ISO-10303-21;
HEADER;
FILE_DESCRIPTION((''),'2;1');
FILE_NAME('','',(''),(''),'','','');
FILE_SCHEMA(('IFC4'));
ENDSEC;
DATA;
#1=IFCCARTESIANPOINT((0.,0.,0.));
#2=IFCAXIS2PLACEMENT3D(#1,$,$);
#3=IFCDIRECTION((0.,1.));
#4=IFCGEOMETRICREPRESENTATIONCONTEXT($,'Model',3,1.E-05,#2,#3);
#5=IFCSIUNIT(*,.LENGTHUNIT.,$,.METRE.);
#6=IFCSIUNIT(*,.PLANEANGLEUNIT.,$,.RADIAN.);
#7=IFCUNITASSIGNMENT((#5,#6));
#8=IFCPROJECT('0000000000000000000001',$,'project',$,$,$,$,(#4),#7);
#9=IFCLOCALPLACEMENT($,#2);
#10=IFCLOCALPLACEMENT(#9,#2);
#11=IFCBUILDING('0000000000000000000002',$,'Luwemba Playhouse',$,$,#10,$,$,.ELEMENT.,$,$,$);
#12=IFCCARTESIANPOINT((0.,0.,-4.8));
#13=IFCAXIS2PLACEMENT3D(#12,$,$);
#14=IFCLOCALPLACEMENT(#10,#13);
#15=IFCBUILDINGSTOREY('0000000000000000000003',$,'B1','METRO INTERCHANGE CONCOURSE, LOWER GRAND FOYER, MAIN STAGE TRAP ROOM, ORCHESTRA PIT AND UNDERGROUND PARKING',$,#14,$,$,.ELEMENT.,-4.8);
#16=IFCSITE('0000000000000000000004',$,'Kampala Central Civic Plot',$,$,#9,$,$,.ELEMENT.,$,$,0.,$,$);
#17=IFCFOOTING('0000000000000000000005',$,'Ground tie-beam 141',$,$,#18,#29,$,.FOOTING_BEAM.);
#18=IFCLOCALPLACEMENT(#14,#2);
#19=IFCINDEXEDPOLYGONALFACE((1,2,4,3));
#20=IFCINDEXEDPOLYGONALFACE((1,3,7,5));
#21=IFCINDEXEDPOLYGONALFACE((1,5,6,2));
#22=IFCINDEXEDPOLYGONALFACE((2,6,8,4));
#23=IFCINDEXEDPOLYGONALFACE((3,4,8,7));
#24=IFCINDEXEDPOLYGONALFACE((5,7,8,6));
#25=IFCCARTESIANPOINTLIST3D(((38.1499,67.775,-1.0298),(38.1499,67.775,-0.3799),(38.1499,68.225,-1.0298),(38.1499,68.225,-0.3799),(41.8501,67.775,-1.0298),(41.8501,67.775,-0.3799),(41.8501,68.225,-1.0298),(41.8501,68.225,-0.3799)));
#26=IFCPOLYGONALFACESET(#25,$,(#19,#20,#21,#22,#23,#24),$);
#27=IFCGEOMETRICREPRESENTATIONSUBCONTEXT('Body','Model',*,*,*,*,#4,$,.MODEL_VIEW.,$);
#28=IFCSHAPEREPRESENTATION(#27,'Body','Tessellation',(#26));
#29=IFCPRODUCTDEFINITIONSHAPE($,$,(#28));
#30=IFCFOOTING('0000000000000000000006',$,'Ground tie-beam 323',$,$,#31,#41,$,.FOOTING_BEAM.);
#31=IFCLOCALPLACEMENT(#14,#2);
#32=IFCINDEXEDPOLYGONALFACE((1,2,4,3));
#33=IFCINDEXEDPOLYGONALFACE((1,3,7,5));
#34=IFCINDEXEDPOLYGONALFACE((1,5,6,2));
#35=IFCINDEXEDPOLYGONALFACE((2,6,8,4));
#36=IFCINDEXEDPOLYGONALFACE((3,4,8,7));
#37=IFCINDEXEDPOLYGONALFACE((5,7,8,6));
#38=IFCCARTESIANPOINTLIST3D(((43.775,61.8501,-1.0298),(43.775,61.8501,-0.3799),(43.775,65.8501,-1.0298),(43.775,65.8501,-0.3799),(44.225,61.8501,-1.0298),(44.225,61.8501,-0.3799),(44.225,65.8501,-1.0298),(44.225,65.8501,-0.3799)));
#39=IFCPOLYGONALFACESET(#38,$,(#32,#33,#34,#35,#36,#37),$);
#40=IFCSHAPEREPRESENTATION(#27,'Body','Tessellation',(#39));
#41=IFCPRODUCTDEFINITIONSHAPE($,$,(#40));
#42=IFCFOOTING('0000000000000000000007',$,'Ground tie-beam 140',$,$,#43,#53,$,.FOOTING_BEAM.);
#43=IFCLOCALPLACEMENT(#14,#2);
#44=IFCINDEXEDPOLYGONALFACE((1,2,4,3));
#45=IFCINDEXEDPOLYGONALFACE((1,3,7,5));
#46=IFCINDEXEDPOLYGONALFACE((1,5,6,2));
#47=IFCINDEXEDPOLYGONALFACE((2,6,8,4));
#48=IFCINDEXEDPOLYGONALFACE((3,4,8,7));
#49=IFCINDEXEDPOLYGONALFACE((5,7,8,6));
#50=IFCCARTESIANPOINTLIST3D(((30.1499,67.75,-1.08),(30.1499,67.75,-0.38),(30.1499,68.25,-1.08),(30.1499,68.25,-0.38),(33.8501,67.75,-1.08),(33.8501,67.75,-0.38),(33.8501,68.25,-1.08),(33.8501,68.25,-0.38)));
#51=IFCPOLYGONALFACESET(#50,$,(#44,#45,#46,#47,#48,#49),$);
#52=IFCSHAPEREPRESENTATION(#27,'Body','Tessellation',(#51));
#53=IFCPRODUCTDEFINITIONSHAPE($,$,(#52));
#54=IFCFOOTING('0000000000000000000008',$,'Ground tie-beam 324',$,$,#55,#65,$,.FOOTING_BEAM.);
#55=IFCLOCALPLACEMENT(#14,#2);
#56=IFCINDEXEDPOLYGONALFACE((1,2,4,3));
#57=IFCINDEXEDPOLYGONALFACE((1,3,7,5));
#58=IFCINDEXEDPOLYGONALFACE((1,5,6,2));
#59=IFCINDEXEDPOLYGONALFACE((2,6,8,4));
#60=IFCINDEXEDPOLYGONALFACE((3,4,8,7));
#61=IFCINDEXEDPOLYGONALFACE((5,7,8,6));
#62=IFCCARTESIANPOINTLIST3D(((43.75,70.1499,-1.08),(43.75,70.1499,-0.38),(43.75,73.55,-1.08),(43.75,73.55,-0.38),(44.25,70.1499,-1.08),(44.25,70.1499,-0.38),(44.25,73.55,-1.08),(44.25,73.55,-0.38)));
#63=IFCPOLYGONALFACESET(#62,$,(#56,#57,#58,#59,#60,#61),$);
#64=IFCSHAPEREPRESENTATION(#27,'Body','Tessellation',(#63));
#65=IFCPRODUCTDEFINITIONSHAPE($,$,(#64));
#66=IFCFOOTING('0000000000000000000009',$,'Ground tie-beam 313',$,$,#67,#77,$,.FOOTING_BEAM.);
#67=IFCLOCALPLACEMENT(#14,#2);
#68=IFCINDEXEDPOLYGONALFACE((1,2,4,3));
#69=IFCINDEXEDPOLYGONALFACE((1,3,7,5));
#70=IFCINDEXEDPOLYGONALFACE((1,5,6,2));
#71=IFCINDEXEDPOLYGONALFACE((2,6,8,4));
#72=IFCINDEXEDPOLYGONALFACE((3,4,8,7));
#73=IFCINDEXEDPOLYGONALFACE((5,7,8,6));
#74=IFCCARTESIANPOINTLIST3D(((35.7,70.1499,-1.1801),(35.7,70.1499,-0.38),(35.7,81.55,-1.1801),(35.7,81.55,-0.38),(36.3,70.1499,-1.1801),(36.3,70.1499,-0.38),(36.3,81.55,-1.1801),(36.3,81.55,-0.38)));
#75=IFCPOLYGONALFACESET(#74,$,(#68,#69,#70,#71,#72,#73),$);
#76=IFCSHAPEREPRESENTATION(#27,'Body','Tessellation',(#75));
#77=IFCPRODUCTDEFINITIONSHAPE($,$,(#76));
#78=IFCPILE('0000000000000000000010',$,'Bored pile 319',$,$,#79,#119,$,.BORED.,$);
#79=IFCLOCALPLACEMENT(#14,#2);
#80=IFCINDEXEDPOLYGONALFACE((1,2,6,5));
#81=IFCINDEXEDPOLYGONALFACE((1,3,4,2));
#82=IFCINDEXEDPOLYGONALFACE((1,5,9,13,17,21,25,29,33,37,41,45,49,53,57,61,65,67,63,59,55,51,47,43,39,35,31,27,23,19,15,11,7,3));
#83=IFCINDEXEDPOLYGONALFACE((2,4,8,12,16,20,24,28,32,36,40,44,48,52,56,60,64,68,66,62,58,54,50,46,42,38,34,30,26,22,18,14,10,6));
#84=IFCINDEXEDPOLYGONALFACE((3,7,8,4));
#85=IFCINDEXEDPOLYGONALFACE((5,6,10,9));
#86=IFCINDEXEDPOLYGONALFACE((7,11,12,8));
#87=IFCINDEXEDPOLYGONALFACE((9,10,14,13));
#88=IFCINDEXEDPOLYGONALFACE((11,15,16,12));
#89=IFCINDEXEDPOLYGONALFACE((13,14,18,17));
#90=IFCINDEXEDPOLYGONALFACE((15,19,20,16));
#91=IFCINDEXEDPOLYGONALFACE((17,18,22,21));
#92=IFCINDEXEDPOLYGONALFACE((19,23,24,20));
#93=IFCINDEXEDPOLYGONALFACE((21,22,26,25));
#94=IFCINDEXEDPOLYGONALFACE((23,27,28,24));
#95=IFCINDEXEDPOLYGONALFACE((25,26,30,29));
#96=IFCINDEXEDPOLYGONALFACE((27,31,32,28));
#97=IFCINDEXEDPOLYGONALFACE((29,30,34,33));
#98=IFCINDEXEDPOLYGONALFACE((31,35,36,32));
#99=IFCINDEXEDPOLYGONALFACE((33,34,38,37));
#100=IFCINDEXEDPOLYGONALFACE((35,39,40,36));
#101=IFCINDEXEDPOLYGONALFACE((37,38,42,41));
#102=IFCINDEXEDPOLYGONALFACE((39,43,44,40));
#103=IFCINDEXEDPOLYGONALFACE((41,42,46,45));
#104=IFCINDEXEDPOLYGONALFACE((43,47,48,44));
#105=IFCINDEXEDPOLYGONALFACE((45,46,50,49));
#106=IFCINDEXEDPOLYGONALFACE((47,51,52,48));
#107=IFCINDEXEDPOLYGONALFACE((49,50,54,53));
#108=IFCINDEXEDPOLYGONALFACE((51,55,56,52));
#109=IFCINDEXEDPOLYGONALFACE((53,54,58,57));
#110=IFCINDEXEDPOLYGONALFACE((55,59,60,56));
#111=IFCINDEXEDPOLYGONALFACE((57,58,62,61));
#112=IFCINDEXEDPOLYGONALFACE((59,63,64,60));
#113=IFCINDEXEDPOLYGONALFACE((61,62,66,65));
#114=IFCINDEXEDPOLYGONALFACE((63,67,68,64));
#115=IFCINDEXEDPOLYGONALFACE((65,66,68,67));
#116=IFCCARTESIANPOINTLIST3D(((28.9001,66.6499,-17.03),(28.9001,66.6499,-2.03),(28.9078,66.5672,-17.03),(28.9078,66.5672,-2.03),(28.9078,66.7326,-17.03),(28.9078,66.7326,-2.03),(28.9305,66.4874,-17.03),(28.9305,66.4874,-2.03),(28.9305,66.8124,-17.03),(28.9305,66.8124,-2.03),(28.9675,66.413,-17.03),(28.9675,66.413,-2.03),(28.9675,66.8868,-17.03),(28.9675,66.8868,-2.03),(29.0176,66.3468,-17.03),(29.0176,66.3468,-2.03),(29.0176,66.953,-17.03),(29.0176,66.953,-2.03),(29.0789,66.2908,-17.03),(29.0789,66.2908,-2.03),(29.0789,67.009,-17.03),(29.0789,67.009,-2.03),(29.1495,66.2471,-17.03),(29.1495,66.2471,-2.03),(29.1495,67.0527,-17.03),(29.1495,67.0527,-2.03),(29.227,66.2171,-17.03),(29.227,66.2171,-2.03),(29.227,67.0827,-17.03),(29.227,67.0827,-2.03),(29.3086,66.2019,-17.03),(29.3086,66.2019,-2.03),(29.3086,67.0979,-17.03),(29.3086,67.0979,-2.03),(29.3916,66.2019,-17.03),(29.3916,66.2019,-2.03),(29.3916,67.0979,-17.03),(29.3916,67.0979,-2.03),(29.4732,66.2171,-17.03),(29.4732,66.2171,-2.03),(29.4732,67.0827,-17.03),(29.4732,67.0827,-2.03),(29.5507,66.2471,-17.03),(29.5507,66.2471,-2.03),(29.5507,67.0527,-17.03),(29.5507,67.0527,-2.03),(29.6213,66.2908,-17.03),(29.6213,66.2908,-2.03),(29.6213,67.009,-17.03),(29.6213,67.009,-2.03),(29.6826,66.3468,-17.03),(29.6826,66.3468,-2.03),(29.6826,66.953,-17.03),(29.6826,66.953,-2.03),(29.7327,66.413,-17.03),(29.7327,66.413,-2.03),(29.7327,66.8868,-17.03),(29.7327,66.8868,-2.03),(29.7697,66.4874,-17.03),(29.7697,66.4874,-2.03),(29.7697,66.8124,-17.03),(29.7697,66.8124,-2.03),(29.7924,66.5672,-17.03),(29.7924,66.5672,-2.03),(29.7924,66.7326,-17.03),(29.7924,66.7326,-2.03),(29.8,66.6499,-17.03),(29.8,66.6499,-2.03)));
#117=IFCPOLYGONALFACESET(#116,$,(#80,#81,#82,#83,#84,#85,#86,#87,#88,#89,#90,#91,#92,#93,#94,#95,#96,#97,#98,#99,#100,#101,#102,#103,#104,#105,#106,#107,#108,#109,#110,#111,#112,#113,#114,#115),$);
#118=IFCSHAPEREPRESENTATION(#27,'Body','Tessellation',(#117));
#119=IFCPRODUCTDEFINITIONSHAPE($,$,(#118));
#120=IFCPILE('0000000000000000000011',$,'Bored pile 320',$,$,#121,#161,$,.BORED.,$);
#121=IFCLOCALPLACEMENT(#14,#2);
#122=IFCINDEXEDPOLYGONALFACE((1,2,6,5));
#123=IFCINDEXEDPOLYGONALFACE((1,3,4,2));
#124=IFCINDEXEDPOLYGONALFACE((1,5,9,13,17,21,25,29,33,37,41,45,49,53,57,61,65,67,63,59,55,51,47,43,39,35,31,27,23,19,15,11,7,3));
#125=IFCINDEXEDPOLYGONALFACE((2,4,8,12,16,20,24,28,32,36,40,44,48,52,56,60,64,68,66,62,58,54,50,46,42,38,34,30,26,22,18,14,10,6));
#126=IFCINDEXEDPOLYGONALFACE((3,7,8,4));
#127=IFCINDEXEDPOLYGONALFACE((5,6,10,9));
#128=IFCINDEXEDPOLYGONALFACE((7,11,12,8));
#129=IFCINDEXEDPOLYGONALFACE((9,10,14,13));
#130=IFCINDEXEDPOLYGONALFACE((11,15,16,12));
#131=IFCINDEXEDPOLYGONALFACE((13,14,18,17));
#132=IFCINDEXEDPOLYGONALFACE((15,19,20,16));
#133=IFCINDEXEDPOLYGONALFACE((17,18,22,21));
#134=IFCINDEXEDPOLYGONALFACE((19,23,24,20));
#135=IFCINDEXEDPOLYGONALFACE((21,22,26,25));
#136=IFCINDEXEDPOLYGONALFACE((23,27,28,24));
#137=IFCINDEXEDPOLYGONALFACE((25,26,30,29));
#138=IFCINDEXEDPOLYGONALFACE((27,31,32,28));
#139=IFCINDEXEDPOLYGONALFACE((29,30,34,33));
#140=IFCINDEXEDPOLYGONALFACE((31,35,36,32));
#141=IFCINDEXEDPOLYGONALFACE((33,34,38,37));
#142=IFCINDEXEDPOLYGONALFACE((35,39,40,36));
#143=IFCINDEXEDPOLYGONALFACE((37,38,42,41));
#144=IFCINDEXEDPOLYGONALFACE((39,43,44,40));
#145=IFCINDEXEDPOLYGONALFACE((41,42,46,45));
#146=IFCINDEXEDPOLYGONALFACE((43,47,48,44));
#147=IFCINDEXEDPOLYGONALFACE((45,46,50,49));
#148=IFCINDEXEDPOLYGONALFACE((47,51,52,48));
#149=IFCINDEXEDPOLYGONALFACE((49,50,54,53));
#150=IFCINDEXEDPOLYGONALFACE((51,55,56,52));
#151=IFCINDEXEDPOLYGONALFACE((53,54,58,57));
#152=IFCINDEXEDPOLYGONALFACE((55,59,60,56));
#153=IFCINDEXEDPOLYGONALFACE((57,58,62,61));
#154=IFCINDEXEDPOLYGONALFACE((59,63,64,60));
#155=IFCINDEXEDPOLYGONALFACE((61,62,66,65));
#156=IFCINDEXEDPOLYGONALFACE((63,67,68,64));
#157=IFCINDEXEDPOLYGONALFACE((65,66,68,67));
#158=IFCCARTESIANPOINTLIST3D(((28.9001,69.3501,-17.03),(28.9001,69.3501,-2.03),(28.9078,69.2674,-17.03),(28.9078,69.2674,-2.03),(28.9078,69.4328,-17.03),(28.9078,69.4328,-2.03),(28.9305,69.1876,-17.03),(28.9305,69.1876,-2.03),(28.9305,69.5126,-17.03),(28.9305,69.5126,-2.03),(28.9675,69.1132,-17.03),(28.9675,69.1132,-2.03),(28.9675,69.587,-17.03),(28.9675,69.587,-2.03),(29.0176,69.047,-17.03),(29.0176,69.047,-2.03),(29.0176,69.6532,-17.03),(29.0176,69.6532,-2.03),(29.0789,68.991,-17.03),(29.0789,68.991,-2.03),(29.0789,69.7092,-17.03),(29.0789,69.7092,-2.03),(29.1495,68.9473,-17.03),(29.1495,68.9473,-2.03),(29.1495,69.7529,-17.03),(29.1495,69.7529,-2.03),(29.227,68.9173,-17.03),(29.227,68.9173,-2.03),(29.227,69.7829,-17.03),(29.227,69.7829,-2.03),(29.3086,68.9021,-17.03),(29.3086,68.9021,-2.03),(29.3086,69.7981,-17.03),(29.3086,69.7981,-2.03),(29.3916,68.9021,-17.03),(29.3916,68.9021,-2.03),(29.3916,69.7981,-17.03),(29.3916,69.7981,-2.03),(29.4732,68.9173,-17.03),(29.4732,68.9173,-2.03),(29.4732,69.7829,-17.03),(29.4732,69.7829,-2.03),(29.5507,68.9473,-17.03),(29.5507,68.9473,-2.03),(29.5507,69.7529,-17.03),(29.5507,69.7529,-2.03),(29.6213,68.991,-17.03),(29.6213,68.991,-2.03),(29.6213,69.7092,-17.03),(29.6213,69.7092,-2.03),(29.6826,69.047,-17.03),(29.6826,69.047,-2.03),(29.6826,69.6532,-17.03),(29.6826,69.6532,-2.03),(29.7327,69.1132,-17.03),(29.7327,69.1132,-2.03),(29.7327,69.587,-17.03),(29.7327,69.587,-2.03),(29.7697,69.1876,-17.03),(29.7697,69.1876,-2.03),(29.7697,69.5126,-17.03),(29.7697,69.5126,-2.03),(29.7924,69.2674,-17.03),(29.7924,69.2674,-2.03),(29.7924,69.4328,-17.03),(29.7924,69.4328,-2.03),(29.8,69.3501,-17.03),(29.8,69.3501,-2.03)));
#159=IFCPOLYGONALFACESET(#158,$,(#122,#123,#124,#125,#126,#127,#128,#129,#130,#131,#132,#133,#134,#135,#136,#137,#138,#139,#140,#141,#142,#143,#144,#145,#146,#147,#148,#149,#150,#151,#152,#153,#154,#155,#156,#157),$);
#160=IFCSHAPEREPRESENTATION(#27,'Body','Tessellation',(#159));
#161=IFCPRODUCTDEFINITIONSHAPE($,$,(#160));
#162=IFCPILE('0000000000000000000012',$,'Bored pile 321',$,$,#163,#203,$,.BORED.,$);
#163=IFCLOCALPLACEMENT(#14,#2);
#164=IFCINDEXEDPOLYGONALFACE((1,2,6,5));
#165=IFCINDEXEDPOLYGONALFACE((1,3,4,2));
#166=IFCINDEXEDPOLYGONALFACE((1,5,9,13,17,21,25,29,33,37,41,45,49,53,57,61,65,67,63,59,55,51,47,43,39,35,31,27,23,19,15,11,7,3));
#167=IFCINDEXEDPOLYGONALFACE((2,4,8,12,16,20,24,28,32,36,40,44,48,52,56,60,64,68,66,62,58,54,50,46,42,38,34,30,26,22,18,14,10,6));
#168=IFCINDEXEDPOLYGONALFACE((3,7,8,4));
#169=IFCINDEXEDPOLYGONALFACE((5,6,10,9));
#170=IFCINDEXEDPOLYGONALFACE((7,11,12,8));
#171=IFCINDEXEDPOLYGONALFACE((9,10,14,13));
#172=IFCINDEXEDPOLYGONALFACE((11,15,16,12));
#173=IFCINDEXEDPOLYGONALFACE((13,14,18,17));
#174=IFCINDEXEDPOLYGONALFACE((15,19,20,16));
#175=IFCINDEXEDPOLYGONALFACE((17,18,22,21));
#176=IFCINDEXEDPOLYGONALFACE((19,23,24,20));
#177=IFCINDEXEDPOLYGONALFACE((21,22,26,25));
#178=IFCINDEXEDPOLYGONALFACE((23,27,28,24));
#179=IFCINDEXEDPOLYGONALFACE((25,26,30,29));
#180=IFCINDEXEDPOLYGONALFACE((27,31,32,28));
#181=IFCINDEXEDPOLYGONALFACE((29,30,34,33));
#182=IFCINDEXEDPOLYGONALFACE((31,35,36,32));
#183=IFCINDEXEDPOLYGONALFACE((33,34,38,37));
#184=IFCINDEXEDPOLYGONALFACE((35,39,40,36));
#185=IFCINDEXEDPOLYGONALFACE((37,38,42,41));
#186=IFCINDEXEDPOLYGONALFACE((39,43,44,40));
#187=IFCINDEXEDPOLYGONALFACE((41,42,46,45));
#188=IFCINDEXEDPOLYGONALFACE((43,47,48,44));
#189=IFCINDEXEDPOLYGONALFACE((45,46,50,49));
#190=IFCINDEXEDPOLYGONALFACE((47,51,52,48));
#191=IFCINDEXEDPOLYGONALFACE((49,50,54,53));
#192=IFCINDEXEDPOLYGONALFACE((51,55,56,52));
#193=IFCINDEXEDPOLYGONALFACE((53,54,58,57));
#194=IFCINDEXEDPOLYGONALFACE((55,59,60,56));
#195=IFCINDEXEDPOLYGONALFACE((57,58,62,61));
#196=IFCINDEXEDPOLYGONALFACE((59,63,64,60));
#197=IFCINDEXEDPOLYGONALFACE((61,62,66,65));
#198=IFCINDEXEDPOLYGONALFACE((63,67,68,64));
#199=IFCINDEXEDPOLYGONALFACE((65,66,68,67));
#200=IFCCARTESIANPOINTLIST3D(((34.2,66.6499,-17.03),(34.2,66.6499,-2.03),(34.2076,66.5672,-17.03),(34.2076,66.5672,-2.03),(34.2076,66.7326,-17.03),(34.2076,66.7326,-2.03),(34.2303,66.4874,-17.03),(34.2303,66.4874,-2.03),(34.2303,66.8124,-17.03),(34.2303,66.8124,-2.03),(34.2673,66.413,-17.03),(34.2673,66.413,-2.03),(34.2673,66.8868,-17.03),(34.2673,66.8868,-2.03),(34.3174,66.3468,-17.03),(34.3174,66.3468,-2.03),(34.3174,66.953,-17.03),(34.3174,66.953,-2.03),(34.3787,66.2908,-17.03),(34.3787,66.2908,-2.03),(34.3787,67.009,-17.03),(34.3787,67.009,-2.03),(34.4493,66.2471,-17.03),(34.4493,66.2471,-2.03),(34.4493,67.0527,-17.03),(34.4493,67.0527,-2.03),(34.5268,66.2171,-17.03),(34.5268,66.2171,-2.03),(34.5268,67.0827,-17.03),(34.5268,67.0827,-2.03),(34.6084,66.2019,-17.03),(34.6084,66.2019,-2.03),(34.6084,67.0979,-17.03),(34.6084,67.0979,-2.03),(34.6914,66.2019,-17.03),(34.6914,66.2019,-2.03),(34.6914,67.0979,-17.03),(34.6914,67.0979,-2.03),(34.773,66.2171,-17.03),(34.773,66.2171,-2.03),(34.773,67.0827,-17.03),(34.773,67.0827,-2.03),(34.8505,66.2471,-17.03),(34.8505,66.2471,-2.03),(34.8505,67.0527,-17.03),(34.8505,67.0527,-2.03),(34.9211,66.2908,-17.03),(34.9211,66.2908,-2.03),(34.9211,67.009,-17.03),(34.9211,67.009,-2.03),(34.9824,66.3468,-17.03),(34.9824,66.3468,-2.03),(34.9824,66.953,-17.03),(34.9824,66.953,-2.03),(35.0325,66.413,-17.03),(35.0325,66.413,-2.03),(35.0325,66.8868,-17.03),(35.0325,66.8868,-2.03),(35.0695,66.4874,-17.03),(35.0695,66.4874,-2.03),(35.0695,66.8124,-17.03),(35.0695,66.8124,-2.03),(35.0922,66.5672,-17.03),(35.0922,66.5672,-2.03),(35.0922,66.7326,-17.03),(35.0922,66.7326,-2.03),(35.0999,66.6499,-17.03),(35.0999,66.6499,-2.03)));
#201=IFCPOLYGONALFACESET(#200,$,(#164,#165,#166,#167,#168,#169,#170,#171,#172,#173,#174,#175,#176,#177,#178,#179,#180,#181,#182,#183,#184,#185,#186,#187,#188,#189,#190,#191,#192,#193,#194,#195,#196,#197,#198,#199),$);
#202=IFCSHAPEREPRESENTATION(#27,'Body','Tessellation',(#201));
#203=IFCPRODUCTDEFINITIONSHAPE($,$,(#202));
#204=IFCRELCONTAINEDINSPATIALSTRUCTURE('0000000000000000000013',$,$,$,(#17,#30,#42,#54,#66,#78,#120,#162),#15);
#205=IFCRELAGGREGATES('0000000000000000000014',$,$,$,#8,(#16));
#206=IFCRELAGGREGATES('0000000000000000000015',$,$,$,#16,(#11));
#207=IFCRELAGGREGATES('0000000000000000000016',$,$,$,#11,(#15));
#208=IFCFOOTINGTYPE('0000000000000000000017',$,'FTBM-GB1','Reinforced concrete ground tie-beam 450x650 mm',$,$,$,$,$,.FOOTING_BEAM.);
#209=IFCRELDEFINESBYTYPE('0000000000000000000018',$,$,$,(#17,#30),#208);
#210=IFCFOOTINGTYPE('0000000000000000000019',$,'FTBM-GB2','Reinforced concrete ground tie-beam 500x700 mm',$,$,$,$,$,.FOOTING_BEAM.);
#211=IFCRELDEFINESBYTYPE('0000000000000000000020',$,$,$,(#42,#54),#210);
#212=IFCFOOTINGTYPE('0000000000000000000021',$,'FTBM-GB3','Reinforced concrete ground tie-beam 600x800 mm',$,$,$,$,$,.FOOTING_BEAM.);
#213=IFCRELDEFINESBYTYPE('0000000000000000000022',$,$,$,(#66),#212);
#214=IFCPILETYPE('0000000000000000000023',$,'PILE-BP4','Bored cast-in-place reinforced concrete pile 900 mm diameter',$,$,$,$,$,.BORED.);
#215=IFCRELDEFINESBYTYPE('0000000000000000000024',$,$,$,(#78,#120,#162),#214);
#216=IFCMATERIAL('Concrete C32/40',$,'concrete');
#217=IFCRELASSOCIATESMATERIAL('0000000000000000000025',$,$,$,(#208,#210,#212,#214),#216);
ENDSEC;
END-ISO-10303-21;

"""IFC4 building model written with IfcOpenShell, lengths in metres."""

from ifc_helpers import new_model, si_unit, direction, frame, origin, origin_2d, place, context, subcontext, project, spatial, rectangle, circle, extrude, material, material_profile, profile_set, type_object, element, save


model = new_model("IFC4")

# Units and contexts
model_context = context("Model", 3, precision=1e-05, world=origin(), true_north=direction((0.0, 1.0)))
body_context = subcontext(model_context, "Body", "Model", "MODEL_VIEW")
ifc_project = project(units=[si_unit("LENGTHUNIT", "METRE"), si_unit("PLANEANGLEUNIT", "RADIAN")], contexts=[model_context])

# Site, building, storey
site_placement = place(None, origin())
site = spatial("IfcSite", under=ifc_project, at=site_placement, Name="Kampala Central Civic Plot", CompositionType="ELEMENT", RefElevation=0.0)
building_placement = place(site_placement, origin())
building = spatial("IfcBuilding", under=site, at=building_placement, Name="Luwemba Playhouse", CompositionType="ELEMENT")
storey_placement = place(building_placement, frame((0.0, 0.0, -4.8)))
storey = spatial("IfcBuildingStorey", under=building, at=storey_placement, Name="B1", Description="METRO INTERCHANGE CONCOURSE, LOWER GRAND FOYER, MAIN STAGE TRAP ROOM, ORCHESTRA PIT AND UNDERGROUND PARKING", CompositionType="ELEMENT", Elevation=-4.8)

# Footings
ifc_material_1 = material(Name="Concrete C32/40", Category="concrete")
ifc_material_profile_1 = material_profile(ifc_material_1, rectangle(XDim=0.45, YDim=0.6499, at=origin_2d()))
ifc_profile_set_1 = profile_set([ifc_material_profile_1], Name="Concrete C32/40")
footing_type_1 = type_object("IfcFootingType", Name="FTBM-GB1", Description="Reinforced concrete ground tie-beam 450x650 mm", PredefinedType="FOOTING_BEAM", material=ifc_profile_set_1)
footing_1_placement = place(storey_placement, frame((38.1499, 68.0, -0.7048), z_axis=(1.0, 0.0, 0.0), x_axis=(0.0, 1.0, 0.0)))
element("IfcFooting", 1, at=footing_1_placement, inside=storey, type_object=footing_type_1, Name="Ground tie-beam 141", PredefinedType="FOOTING_BEAM", context=body_context, shape_type="SweptSolid", body=[
    extrude(rectangle(XDim=0.45, YDim=0.6499, at=origin_2d()), origin(), (0.0, 0.0, 1.0), 3.7002),
])
footing_2_placement = place(storey_placement, frame((44.0, 61.8501, -0.7048), z_axis=(0.0, 1.0, 0.0), x_axis=(-1.0, 0.0, 0.0)))
element("IfcFooting", 2, at=footing_2_placement, inside=storey, type_object=footing_type_1, Name="Ground tie-beam 323", PredefinedType="FOOTING_BEAM", context=body_context, shape_type="SweptSolid", body=[
    extrude(rectangle(XDim=0.45, YDim=0.6499, at=origin_2d()), origin(), (0.0, 0.0, 1.0), 4.0),
])
ifc_material_profile_2 = material_profile(ifc_material_1, rectangle(XDim=0.5, YDim=0.7, at=origin_2d()))
ifc_profile_set_2 = profile_set([ifc_material_profile_2], Name="Concrete C32/40")
footing_type_2 = type_object("IfcFootingType", Name="FTBM-GB2", Description="Reinforced concrete ground tie-beam 500x700 mm", PredefinedType="FOOTING_BEAM", material=ifc_profile_set_2)
footing_3_placement = place(storey_placement, frame((30.1499, 68.0, -0.73), z_axis=(1.0, 0.0, 0.0), x_axis=(0.0, 1.0, 0.0)))
element("IfcFooting", 3, at=footing_3_placement, inside=storey, type_object=footing_type_2, Name="Ground tie-beam 140", PredefinedType="FOOTING_BEAM", context=body_context, shape_type="SweptSolid", body=[
    extrude(rectangle(XDim=0.5, YDim=0.7, at=origin_2d()), origin(), (0.0, 0.0, 1.0), 3.7002),
])
footing_4_placement = place(storey_placement, frame((44.0, 70.1499, -0.73), z_axis=(0.0, 1.0, 0.0), x_axis=(-1.0, 0.0, 0.0)))
element("IfcFooting", 4, at=footing_4_placement, inside=storey, type_object=footing_type_2, Name="Ground tie-beam 324", PredefinedType="FOOTING_BEAM", context=body_context, shape_type="SweptSolid", body=[
    extrude(rectangle(XDim=0.5, YDim=0.7, at=origin_2d()), origin(), (0.0, 0.0, 1.0), 3.4001),
])
ifc_material_profile_3 = material_profile(ifc_material_1, rectangle(XDim=0.6001, YDim=0.8, at=origin_2d()))
ifc_profile_set_3 = profile_set([ifc_material_profile_3], Name="Concrete C32/40")
footing_type_3 = type_object("IfcFootingType", Name="FTBM-GB3", Description="Reinforced concrete ground tie-beam 600x800 mm", PredefinedType="FOOTING_BEAM", material=ifc_profile_set_3)
footing_5_placement = place(storey_placement, frame((36.0, 70.1499, -0.78), z_axis=(0.0, 1.0, 0.0), x_axis=(-1.0, 0.0, 0.0)))
element("IfcFooting", 5, at=footing_5_placement, inside=storey, type_object=footing_type_3, Name="Ground tie-beam 313", PredefinedType="FOOTING_BEAM", context=body_context, shape_type="SweptSolid", body=[
    extrude(rectangle(XDim=0.6001, YDim=0.8, at=origin_2d()), origin(), (0.0, 0.0, 1.0), 11.4001),
])

# Piles
ifc_material_profile_4 = material_profile(ifc_material_1, circle(Radius=0.45, at=origin_2d()))
ifc_profile_set_4 = profile_set([ifc_material_profile_4], Name="Concrete C32/40")
pile_type_1 = type_object("IfcPileType", Name="PILE-BP4", Description="Bored cast-in-place reinforced concrete pile 900 mm diameter", PredefinedType="BORED", material=ifc_profile_set_4)
for number, where, z_axis, x_axis, name in (
    (6, (29.3501, 66.6499, -2.03), (0.0, 0.0, -1.0), (1.0, 0.0, 0.0), "Bored pile 319"),
    (7, (29.3501, 69.3501, -2.03), (0.0, 0.0, -1.0), (1.0, 0.0, 0.0), "Bored pile 320"),
    (8, (34.6499, 66.6499, -2.03), (0.0, 0.0, -1.0), (1.0, 0.0, 0.0), "Bored pile 321"),
):
    element("IfcPile", number, at=place(storey_placement, frame(where, z_axis=z_axis, x_axis=x_axis)), inside=storey, type_object=pile_type_1, Name=name, PredefinedType="BORED", context=body_context, shape_type="SweptSolid", body=[
        extrude(circle(Radius=0.45, at=origin_2d()), origin(), (0.0, 0.0, 1.0), 15.0),
    ])

save(model, "model.ifc")
